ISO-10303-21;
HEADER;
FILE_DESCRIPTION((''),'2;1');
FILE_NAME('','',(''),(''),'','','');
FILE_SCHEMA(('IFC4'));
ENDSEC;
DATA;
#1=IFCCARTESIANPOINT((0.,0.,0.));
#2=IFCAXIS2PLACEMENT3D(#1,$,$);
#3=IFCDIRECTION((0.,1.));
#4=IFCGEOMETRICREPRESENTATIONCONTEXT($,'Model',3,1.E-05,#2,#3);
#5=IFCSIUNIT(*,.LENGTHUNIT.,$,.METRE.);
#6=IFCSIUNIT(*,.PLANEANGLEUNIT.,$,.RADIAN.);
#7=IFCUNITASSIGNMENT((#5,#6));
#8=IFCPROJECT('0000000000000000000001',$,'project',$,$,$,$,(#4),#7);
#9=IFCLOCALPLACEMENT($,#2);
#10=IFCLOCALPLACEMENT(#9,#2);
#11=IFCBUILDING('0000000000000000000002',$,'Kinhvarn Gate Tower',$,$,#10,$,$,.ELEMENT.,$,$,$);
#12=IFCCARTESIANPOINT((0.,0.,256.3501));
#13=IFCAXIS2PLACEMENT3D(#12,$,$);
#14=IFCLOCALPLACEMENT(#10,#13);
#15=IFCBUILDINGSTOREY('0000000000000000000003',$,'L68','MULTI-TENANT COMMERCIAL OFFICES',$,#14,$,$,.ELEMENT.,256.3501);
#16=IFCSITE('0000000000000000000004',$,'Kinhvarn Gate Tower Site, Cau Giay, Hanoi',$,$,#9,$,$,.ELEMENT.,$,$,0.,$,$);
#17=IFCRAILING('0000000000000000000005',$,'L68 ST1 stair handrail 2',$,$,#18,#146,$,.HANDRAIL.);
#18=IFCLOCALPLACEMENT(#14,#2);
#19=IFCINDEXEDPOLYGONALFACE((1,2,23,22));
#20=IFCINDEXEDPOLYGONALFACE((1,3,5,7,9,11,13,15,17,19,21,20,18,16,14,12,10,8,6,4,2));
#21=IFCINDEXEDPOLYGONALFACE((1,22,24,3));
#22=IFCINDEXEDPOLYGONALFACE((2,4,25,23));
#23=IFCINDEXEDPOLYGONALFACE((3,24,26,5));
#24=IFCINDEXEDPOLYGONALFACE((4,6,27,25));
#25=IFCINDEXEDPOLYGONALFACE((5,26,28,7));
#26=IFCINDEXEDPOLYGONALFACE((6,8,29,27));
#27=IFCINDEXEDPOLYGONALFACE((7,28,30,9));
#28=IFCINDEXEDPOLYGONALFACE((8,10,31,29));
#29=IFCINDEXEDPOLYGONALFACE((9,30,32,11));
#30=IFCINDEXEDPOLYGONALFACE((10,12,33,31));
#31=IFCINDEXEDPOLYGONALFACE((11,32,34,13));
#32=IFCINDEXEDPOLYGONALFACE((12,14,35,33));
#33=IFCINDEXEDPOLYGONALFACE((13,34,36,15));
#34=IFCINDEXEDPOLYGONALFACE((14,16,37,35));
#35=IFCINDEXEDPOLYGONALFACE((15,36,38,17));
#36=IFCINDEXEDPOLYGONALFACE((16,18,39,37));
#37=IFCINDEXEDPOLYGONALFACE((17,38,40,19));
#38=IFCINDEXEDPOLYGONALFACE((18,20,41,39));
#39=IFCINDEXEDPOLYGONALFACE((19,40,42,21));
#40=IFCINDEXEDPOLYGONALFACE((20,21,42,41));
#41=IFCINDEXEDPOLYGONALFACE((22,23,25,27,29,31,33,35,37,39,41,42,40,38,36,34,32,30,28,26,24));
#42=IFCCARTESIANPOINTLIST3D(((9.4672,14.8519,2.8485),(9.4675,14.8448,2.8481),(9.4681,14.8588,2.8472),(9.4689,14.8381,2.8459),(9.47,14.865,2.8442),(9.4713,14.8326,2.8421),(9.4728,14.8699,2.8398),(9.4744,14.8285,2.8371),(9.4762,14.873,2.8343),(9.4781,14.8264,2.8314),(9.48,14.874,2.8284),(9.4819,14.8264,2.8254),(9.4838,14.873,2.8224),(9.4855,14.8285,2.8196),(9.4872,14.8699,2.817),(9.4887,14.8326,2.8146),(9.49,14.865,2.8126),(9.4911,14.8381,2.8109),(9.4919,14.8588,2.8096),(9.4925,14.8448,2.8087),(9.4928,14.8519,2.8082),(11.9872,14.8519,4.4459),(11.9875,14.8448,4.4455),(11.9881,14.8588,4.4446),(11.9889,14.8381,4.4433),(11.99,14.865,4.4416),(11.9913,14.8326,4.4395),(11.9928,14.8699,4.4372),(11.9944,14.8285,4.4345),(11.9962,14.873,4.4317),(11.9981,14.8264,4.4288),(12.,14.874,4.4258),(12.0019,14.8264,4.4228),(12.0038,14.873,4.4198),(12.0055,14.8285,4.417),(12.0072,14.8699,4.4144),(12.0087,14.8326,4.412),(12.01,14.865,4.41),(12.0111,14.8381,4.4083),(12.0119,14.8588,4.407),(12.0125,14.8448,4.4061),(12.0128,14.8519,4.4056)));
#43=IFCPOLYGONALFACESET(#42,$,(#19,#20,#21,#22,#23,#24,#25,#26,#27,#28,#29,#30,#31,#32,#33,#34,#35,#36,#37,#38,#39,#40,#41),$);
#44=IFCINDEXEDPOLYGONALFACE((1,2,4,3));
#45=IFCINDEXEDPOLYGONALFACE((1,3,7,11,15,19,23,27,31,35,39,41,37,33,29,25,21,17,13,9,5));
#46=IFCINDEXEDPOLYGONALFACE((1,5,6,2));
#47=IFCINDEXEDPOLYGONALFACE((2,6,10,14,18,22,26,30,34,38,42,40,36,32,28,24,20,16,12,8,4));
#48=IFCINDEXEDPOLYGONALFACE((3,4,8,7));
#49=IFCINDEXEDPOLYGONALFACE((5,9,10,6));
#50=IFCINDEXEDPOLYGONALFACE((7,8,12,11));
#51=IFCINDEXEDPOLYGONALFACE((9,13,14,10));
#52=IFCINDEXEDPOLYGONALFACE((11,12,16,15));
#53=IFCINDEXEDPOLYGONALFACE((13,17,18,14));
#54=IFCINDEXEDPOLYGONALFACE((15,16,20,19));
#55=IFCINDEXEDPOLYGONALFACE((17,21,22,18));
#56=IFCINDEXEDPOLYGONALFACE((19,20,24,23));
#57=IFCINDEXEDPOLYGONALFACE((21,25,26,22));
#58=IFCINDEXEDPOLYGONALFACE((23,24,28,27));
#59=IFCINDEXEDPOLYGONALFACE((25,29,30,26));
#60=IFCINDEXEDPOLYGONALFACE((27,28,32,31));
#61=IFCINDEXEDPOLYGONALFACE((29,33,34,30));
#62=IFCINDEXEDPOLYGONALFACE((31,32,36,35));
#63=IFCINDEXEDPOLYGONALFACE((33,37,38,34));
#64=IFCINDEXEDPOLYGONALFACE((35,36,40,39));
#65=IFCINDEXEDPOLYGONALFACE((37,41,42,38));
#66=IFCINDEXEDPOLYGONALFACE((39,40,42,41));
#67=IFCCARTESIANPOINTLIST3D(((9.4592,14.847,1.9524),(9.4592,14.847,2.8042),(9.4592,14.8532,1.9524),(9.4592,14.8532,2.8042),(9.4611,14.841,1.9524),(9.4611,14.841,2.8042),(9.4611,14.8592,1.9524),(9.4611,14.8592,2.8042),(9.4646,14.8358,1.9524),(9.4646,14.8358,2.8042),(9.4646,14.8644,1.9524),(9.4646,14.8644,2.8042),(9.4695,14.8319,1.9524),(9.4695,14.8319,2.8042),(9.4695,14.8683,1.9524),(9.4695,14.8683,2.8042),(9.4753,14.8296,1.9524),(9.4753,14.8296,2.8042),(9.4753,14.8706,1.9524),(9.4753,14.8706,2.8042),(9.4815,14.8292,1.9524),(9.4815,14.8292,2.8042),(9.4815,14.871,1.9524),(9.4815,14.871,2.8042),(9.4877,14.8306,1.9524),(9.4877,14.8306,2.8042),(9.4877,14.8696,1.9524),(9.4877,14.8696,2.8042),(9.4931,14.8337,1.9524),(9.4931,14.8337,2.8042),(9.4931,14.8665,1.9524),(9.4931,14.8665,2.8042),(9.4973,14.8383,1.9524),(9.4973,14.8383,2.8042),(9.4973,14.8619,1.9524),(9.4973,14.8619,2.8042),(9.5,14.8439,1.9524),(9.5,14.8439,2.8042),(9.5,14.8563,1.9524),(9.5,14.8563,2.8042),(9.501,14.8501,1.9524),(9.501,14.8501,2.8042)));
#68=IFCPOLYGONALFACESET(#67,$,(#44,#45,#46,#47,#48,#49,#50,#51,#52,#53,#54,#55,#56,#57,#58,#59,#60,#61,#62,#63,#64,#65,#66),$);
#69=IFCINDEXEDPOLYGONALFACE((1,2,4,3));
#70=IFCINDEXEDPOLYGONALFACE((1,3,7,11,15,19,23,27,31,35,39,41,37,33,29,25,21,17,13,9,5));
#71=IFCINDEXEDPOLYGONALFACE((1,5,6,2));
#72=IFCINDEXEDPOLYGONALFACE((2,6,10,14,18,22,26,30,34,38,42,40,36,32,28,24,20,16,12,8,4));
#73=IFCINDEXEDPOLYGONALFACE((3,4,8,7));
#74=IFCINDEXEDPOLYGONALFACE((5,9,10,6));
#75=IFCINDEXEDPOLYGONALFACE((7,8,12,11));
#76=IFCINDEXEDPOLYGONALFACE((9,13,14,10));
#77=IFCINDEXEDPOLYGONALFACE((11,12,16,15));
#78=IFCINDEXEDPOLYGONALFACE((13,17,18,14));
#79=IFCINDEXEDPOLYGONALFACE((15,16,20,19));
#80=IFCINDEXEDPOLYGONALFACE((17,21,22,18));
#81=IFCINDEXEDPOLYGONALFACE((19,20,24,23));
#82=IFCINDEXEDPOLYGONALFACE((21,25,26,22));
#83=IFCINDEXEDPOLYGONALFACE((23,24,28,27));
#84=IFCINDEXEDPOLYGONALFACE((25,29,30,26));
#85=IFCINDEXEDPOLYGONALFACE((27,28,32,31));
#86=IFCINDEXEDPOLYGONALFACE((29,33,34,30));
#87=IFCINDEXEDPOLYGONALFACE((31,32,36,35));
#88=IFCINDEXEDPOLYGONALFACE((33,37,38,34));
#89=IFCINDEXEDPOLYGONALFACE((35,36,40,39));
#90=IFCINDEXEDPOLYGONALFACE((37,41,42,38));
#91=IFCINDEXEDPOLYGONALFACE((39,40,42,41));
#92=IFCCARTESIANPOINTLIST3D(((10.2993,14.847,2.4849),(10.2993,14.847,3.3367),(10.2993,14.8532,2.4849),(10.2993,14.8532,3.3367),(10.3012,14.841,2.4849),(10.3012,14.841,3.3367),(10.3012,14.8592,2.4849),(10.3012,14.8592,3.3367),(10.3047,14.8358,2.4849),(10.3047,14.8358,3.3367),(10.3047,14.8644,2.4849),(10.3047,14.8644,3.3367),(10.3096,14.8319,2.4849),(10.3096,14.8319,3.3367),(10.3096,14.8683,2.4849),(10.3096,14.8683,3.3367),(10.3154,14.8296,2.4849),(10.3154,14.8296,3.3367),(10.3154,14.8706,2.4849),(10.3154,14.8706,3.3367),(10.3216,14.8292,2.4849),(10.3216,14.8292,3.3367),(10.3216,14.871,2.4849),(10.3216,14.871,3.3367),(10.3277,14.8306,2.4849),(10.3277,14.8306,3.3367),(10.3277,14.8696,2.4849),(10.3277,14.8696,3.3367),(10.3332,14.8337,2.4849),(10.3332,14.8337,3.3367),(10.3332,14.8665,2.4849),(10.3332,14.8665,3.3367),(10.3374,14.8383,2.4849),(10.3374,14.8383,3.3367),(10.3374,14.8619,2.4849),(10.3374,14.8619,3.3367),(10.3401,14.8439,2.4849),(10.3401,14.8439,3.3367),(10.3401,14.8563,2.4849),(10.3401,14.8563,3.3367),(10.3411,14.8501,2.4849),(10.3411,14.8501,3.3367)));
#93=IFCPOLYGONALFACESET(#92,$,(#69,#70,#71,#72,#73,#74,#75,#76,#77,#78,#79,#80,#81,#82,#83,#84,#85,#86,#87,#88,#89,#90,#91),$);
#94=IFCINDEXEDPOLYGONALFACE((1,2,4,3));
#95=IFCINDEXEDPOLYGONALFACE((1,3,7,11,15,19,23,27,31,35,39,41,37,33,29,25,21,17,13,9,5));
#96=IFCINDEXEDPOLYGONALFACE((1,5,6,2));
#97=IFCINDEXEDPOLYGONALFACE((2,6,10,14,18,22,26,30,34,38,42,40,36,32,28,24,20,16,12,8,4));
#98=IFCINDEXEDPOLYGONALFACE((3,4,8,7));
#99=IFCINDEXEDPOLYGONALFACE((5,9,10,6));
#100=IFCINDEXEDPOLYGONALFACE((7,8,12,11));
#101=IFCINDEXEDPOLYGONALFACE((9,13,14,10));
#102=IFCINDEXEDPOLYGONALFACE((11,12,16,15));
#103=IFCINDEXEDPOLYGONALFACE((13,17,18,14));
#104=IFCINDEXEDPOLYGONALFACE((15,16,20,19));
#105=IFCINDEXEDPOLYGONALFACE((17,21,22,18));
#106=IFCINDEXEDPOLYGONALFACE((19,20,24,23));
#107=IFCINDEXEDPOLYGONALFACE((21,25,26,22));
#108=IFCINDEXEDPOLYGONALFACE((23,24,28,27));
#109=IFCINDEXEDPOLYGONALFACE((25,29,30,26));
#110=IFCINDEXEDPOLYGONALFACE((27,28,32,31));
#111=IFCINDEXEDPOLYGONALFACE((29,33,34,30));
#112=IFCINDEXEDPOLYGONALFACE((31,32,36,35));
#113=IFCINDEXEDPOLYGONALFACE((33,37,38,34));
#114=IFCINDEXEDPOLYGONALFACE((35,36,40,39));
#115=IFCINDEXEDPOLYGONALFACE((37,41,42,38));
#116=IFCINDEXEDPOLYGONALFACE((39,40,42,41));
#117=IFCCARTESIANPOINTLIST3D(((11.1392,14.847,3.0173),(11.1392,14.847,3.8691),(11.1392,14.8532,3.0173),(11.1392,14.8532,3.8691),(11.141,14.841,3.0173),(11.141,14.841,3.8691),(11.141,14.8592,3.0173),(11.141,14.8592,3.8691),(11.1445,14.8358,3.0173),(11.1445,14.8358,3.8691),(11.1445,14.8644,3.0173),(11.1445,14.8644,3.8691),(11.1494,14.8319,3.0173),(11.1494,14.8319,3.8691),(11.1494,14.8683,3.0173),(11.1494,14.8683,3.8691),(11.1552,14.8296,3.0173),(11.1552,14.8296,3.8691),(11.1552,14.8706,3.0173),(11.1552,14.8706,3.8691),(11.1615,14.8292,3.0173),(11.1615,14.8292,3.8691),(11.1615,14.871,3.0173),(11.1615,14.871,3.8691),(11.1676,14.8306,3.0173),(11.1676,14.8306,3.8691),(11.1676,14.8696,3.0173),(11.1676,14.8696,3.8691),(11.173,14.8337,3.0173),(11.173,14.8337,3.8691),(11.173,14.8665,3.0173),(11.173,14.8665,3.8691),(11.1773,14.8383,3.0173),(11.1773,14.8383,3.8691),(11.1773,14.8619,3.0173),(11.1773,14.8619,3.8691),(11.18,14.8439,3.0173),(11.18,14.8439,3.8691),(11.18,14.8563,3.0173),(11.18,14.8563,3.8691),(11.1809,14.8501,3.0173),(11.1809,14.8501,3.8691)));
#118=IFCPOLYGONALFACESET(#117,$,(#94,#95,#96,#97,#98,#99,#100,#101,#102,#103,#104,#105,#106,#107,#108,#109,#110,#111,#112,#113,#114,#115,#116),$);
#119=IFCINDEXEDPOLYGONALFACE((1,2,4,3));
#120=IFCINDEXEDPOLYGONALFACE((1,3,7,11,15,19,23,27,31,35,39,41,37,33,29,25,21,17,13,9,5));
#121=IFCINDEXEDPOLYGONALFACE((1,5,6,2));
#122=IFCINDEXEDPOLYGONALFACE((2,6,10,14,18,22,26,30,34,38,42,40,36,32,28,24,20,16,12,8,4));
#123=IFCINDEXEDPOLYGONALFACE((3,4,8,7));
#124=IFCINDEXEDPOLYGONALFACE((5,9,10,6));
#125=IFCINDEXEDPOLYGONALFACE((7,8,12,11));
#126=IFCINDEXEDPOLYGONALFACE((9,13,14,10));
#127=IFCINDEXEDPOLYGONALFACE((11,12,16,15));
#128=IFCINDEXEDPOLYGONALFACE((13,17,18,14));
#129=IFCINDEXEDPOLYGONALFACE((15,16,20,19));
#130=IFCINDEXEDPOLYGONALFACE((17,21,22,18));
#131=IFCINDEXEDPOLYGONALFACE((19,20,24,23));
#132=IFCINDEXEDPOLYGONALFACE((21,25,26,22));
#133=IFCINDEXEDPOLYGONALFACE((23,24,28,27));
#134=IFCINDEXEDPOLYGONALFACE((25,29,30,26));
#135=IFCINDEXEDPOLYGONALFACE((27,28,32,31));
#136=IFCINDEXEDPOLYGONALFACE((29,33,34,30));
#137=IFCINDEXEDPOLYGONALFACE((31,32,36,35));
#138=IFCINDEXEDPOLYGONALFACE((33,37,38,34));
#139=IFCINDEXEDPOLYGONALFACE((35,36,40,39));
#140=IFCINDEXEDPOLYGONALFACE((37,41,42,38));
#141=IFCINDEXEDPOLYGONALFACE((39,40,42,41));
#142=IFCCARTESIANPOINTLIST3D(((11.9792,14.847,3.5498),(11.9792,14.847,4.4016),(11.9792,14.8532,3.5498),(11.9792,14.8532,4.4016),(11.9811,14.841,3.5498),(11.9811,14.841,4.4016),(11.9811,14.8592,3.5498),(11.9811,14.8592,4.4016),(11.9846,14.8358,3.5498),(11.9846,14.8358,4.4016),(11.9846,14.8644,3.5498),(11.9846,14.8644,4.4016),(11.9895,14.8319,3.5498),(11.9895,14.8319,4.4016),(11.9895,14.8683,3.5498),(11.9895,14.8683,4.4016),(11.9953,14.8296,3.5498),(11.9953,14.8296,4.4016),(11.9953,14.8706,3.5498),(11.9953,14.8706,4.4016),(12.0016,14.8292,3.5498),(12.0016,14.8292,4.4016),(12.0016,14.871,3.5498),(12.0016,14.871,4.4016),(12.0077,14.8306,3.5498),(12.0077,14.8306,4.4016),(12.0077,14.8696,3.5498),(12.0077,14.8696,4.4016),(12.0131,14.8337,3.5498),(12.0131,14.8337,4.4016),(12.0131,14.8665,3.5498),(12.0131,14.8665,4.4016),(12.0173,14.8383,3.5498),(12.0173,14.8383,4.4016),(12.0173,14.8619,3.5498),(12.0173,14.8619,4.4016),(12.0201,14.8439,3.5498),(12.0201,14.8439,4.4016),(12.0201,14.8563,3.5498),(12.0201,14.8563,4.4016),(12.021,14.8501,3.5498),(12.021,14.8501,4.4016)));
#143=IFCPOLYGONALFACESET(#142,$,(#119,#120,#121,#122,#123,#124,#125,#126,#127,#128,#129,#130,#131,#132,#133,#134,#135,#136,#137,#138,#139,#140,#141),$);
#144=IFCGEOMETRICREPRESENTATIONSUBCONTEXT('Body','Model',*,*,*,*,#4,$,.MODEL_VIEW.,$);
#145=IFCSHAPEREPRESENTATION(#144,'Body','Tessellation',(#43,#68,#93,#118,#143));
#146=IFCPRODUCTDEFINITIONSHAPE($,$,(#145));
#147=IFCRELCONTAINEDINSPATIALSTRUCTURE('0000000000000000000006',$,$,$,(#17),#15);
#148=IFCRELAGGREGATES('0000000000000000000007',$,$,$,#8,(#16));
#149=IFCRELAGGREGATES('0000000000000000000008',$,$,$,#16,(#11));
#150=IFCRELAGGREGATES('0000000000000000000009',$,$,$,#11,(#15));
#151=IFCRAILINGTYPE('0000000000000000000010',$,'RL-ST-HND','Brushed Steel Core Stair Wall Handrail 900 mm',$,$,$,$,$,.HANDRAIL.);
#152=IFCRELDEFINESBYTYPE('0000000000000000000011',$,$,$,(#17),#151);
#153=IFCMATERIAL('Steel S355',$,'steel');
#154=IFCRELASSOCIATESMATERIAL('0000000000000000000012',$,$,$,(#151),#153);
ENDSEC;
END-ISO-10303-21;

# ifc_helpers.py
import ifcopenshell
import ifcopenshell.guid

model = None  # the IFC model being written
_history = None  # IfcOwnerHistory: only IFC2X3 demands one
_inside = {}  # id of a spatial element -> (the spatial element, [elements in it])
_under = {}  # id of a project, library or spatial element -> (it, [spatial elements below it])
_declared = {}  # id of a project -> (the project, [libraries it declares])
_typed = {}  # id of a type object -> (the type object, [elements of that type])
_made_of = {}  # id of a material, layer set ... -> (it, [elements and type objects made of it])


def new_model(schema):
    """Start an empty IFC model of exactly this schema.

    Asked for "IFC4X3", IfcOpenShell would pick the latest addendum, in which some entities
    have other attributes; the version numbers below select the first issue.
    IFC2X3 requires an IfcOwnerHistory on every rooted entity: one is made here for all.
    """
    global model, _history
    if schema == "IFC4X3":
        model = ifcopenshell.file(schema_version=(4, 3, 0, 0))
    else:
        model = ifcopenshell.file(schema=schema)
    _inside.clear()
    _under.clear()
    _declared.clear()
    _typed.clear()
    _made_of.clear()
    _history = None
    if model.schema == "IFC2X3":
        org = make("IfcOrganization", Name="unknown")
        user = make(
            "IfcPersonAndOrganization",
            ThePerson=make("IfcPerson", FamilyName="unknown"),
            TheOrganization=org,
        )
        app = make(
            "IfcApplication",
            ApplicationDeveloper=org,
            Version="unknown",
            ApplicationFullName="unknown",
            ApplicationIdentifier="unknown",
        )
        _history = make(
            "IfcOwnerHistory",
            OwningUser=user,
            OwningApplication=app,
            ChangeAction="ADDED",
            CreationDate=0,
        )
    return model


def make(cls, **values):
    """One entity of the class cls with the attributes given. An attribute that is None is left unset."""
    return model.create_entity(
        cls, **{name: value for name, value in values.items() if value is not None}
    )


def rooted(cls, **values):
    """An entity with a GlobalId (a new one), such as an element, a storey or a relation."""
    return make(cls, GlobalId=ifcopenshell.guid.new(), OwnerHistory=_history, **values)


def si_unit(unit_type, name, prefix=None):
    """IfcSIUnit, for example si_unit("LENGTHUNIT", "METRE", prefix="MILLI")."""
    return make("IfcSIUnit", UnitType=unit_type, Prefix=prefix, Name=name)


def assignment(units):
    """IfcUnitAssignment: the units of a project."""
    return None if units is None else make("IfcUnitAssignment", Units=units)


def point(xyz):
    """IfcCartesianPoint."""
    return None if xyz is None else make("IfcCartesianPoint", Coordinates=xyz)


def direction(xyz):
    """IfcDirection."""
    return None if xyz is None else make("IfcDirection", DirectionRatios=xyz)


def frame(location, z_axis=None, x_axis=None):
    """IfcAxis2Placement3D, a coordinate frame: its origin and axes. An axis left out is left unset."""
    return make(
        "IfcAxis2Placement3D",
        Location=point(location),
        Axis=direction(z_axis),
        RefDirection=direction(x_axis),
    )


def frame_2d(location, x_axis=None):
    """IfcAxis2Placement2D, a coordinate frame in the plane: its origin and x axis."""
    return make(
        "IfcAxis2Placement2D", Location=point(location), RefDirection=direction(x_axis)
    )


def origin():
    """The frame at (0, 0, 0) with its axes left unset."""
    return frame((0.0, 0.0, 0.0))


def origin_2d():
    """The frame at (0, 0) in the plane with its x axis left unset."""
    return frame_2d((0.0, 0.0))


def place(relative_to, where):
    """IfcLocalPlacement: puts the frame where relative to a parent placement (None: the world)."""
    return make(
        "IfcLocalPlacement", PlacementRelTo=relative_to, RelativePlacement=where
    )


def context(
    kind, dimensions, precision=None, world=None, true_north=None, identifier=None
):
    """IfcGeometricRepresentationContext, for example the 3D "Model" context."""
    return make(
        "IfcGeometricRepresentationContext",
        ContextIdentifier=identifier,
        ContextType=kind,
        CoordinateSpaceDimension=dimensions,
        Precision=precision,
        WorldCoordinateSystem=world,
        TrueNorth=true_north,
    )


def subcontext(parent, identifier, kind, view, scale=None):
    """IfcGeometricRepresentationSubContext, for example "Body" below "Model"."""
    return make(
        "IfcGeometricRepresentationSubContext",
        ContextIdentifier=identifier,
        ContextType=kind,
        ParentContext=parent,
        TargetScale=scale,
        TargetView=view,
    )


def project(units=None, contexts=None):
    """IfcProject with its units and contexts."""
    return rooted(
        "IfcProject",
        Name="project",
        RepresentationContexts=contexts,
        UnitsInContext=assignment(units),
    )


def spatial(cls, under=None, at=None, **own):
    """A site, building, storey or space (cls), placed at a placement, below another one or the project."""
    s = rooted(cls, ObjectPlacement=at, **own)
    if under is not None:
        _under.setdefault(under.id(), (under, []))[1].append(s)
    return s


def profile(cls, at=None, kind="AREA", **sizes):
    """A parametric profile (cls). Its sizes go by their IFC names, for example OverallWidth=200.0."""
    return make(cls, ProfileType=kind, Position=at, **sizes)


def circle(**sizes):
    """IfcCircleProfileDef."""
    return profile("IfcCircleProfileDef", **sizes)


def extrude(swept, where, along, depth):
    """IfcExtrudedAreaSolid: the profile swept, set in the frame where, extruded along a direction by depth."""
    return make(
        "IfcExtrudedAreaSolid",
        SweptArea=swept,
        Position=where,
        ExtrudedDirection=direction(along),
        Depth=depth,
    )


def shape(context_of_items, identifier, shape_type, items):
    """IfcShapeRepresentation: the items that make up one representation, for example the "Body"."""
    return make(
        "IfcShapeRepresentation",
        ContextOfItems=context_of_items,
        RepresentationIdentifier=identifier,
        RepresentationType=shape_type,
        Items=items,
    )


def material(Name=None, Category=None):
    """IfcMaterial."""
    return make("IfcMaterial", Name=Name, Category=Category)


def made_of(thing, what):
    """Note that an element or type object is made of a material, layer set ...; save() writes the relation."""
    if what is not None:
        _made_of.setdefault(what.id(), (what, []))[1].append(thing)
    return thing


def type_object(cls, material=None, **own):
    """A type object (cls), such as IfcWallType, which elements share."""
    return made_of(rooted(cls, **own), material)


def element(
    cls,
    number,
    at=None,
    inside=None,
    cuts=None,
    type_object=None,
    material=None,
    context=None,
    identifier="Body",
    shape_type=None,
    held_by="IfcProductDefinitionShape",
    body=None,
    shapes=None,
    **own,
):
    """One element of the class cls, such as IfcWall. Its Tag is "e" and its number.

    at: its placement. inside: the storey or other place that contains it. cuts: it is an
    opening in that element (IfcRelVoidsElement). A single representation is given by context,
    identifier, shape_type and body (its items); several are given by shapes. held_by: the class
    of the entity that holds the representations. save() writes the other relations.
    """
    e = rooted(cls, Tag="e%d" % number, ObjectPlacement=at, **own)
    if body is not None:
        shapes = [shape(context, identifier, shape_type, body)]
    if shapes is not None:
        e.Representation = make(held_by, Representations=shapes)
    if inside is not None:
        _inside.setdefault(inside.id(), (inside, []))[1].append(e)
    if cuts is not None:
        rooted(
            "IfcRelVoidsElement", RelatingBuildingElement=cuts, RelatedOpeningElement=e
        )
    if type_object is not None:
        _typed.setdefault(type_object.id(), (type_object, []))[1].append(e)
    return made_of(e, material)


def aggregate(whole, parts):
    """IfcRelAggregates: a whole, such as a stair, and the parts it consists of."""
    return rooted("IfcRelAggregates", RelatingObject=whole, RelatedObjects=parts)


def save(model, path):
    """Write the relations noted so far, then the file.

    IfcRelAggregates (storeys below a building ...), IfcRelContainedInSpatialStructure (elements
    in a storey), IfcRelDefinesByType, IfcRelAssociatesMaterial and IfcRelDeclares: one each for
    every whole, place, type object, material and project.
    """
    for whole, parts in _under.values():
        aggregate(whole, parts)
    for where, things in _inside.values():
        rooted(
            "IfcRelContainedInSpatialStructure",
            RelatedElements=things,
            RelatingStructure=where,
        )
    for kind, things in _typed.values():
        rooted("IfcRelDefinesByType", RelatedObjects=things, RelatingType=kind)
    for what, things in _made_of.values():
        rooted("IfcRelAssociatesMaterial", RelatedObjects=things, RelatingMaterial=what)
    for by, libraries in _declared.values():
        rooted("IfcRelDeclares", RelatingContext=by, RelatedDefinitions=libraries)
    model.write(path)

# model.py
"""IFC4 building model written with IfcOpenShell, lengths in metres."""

from ifc_helpers import new_model, si_unit, direction, frame, origin, origin_2d, place, context, subcontext, project, spatial, circle, extrude, material, type_object, element, save


model = new_model("IFC4")

# Units and contexts
model_context = context("Model", 3, precision=1e-05, world=origin(), true_north=direction((0.0, 1.0)))
body_context = subcontext(model_context, "Body", "Model", "MODEL_VIEW")
ifc_project = project(units=[si_unit("LENGTHUNIT", "METRE"), si_unit("PLANEANGLEUNIT", "RADIAN")], contexts=[model_context])

# Site, building, storey
site_placement = place(None, origin())
site = spatial("IfcSite", under=ifc_project, at=site_placement, Name="Kinhvarn Gate Tower Site, Cau Giay, Hanoi", CompositionType="ELEMENT", RefElevation=0.0)
building_placement = place(site_placement, origin())
building = spatial("IfcBuilding", under=site, at=building_placement, Name="Kinhvarn Gate Tower", CompositionType="ELEMENT")
storey_placement = place(building_placement, frame((0.0, 0.0, 256.3501)))
storey = spatial("IfcBuildingStorey", under=building, at=storey_placement, Name="L68", Description="MULTI-TENANT COMMERCIAL OFFICES", CompositionType="ELEMENT", Elevation=256.3501)

# Shared definitions
ifc_material_1 = material(Name="Steel S355", Category="steel")

# Railing
railing_type_1 = type_object("IfcRailingType", Name="RL-ST-HND", Description="Brushed Steel Core Stair Wall Handrail 900 mm", PredefinedType="HANDRAIL", material=ifc_material_1)
railing_1_placement = place(storey_placement, frame((9.48, 14.8501, 1.9524)))
element("IfcRailing", 1, at=railing_1_placement, inside=storey, type_object=railing_type_1, Name="L68 ST1 stair handrail 2", PredefinedType="HANDRAIL", context=body_context, shape_type="SweptSolid", body=[
    extrude(circle(Radius=0.0239, at=origin_2d()), frame((0.0, 0.0, 0.876), z_axis=(0.844607, 0.0, 0.535387), x_axis=(0.0, 1.0, 0.0)), (0.0, 0.0, 1.0), 2.9836),
    extrude(circle(Radius=0.021, at=origin_2d()), origin(), (0.0, 0.0, 1.0), 0.8518),
    extrude(circle(Radius=0.021, at=origin_2d()), frame((0.8401, 0.0, 0.5325)), (0.0, 0.0, 1.0), 0.8518),
    extrude(circle(Radius=0.021, at=origin_2d()), frame((1.6799, 0.0, 1.0649)), (0.0, 0.0, 1.0), 0.8518),
    extrude(circle(Radius=0.021, at=origin_2d()), frame((2.52, 0.0, 1.5974)), (0.0, 0.0, 1.0), 0.8518),
])

save(model, "model.ifc")
